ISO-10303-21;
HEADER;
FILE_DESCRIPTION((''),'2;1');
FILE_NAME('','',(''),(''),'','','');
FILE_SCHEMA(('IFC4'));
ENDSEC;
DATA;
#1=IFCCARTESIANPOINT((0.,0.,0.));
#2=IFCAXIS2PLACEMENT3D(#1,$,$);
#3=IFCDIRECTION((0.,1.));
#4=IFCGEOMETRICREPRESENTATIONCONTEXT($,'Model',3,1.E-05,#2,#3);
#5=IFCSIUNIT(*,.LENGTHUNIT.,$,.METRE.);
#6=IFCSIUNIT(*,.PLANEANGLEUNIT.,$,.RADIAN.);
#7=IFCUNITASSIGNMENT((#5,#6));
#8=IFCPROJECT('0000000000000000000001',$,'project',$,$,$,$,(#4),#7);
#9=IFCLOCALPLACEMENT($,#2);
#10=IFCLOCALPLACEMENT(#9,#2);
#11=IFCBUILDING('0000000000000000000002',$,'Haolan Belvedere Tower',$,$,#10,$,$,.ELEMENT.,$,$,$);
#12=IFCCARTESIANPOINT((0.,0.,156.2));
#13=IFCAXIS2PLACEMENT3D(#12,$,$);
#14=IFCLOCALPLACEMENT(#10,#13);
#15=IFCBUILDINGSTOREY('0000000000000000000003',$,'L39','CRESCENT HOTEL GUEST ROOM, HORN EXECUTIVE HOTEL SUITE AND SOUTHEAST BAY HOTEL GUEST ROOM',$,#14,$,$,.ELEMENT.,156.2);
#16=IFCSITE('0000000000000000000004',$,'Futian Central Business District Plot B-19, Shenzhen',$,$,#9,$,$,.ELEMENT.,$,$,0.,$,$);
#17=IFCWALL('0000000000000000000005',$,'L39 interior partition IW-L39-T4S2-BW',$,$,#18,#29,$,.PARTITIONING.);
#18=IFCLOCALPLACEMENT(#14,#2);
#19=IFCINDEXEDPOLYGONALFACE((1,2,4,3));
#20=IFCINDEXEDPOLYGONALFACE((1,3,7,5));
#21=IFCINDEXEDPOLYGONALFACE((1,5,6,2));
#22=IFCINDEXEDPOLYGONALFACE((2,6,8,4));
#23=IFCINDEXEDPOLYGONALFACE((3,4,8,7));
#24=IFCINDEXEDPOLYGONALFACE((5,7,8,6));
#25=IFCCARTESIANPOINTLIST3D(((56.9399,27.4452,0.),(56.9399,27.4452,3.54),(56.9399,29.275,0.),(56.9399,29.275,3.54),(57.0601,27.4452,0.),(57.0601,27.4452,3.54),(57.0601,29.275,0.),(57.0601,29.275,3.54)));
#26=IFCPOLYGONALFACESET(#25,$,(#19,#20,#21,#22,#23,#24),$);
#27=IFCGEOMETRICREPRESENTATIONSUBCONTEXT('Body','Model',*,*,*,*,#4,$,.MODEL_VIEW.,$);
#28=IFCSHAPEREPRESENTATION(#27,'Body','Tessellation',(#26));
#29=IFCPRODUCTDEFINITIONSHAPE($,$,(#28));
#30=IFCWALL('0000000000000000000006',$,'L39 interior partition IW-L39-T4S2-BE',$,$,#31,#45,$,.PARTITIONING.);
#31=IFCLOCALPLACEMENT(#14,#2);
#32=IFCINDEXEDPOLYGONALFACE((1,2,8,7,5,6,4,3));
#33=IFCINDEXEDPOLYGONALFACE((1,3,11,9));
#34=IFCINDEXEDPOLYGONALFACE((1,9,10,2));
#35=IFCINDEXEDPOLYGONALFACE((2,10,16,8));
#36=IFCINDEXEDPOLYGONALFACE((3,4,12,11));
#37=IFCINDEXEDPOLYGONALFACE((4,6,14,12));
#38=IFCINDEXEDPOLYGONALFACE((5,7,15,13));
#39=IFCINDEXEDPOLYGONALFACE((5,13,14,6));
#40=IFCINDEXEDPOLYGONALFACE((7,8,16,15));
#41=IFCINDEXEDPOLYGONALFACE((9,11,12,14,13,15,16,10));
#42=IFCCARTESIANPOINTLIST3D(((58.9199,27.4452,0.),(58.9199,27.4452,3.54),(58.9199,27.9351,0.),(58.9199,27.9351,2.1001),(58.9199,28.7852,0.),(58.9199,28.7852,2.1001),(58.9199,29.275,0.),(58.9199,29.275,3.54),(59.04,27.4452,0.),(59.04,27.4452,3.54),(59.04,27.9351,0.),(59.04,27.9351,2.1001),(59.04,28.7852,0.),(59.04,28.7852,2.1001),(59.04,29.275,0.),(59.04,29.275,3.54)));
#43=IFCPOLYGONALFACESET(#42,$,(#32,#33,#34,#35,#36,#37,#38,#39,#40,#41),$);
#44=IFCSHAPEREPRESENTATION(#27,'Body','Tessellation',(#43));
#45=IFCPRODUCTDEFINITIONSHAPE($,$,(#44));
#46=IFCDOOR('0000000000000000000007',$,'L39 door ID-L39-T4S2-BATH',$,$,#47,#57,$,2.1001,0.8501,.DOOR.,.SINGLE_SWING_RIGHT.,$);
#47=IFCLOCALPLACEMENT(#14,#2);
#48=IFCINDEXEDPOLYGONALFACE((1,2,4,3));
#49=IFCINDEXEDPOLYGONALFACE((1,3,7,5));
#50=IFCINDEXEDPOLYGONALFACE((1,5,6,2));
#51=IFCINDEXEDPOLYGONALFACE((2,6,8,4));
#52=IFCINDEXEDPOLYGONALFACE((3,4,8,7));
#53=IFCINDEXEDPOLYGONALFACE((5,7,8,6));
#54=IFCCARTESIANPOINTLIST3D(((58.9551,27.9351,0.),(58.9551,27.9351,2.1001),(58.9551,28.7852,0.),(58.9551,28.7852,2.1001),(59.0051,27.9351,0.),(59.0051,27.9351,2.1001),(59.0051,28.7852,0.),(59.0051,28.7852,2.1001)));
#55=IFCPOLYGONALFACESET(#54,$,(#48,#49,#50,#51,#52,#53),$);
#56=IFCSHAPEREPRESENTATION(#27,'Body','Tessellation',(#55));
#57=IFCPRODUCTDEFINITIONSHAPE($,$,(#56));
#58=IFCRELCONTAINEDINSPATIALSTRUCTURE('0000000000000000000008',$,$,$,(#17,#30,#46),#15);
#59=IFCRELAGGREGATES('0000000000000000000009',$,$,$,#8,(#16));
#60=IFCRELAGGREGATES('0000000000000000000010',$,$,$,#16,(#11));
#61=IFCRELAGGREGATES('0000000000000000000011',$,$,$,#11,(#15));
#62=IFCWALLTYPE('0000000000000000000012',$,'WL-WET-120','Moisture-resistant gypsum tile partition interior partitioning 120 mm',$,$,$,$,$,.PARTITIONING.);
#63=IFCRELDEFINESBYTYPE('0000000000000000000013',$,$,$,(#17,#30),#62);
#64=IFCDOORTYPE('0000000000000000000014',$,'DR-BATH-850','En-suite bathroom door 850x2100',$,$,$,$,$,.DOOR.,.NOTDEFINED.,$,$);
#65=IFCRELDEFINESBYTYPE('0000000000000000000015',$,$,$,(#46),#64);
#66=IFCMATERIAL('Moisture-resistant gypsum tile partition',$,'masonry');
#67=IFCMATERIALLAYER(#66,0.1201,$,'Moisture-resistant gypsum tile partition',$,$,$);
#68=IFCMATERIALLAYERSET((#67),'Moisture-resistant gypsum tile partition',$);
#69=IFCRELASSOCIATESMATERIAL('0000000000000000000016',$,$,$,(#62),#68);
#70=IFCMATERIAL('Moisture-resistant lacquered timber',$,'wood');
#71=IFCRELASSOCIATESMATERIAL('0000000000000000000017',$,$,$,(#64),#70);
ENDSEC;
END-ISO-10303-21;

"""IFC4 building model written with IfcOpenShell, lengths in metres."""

from ifc_helpers import new_model, si_unit, direction, frame, frame_2d, origin, place, context, subcontext, project, spatial, rectangle, extrude, material, layer, layer_set, type_object, element, fill, save


model = new_model("IFC4")

# Units and contexts
model_context = context("Model", 3, precision=1e-05, world=origin(), true_north=direction((0.0, 1.0)))
body_context = subcontext(model_context, "Body", "Model", "MODEL_VIEW")
ifc_project = project(units=[si_unit("LENGTHUNIT", "METRE"), si_unit("PLANEANGLEUNIT", "RADIAN")], contexts=[model_context])

# Site, building, storey
site_placement = place(None, origin())
site = spatial("IfcSite", under=ifc_project, at=site_placement, Name="Futian Central Business District Plot B-19, Shenzhen", CompositionType="ELEMENT", RefElevation=0.0)
building_placement = place(site_placement, origin())
building = spatial("IfcBuilding", under=site, at=building_placement, Name="Haolan Belvedere Tower", CompositionType="ELEMENT")
storey_placement = place(building_placement, frame((0.0, 0.0, 156.2)))
storey = spatial("IfcBuildingStorey", under=building, at=storey_placement, Name="L39", Description="CRESCENT HOTEL GUEST ROOM, HORN EXECUTIVE HOTEL SUITE AND SOUTHEAST BAY HOTEL GUEST ROOM", CompositionType="ELEMENT", Elevation=156.2)

# Shared definitions
ifc_material_1 = material(Name="Moisture-resistant gypsum tile partition", Category="masonry")
ifc_layer_1 = layer(ifc_material_1, 0.1201, Name="Moisture-resistant gypsum tile partition")
ifc_layer_set_1 = layer_set([ifc_layer_1], Name="Moisture-resistant gypsum tile partition")
wall_type_1 = type_object("IfcWallType", Name="WL-WET-120", Description="Moisture-resistant gypsum tile partition interior partitioning 120 mm", PredefinedType="PARTITIONING", material=ifc_layer_set_1)

# Shared definitions
ifc_material_2 = material(Name="Moisture-resistant lacquered timber", Category="wood")
door_type_1 = type_object("IfcDoorType", Name="DR-BATH-850", Description="En-suite bathroom door 850x2100", OperationType="NOTDEFINED", PredefinedType="DOOR", material=ifc_material_2)

# Wall
wall_1_placement = place(storey_placement, frame((57.0, 27.4451, 0.0), z_axis=(0.0, 0.0, 1.0), x_axis=(0.0, 1.0, 0.0)))
element("IfcWall", 1, at=wall_1_placement, inside=storey, type_object=wall_type_1, Name="L39 interior partition IW-L39-T4S2-BW", PredefinedType="PARTITIONING", context=body_context, shape_type="SweptSolid", body=[
    extrude(rectangle(XDim=1.8298, YDim=0.1201, at=frame_2d((0.915, 0.0))), origin(), (0.0, 0.0, 1.0), 3.54),
])

# Wall, opening, door
wall_2_placement = place(storey_placement, frame((58.98, 27.4451, 0.0), z_axis=(0.0, 0.0, 1.0), x_axis=(0.0, 1.0, 0.0)))
wall_2 = element("IfcWall", 2, at=wall_2_placement, inside=storey, type_object=wall_type_1, Name="L39 interior partition IW-L39-T4S2-BE", PredefinedType="PARTITIONING", context=body_context, shape_type="SweptSolid", body=[
    extrude(rectangle(XDim=1.8298, YDim=0.1201, at=frame_2d((0.915, 0.0))), origin(), (0.0, 0.0, 1.0), 3.54),
])
opening_1_placement = place(wall_2_placement, frame((0.49, 0.0, 0.0)))
opening_1 = element("IfcOpeningElement", 3, at=opening_1_placement, cuts=wall_2, PredefinedType="OPENING", context=body_context, shape_type="SweptSolid", body=[
    extrude(rectangle(XDim=0.8501, YDim=2.1001, at=frame_2d((0.425, 1.05))), frame((0.0, 0.0701, 0.0), z_axis=(0.0, -1.0, 0.0), x_axis=(1.0, 0.0, 0.0)), (0.0, 0.0, 1.0), 0.1401),
])
door_1_placement = place(opening_1_placement, origin())
door_1 = element("IfcDoor", 4, at=door_1_placement, inside=storey, type_object=door_type_1, Name="L39 door ID-L39-T4S2-BATH", OperationType="SINGLE_SWING_RIGHT", OverallHeight=2.1001, OverallWidth=0.8501, PredefinedType="DOOR", context=body_context, shape_type="SweptSolid", body=[
    extrude(rectangle(XDim=0.8501, YDim=2.1001, at=frame_2d((0.425, 1.05))), frame((0.0, 0.0249, 0.0), z_axis=(0.0, -1.0, 0.0), x_axis=(1.0, 0.0, 0.0)), (0.0, 0.0, 1.0), 0.05),
])
fill(opening_1, door_1)

save(model, "model.ifc")
